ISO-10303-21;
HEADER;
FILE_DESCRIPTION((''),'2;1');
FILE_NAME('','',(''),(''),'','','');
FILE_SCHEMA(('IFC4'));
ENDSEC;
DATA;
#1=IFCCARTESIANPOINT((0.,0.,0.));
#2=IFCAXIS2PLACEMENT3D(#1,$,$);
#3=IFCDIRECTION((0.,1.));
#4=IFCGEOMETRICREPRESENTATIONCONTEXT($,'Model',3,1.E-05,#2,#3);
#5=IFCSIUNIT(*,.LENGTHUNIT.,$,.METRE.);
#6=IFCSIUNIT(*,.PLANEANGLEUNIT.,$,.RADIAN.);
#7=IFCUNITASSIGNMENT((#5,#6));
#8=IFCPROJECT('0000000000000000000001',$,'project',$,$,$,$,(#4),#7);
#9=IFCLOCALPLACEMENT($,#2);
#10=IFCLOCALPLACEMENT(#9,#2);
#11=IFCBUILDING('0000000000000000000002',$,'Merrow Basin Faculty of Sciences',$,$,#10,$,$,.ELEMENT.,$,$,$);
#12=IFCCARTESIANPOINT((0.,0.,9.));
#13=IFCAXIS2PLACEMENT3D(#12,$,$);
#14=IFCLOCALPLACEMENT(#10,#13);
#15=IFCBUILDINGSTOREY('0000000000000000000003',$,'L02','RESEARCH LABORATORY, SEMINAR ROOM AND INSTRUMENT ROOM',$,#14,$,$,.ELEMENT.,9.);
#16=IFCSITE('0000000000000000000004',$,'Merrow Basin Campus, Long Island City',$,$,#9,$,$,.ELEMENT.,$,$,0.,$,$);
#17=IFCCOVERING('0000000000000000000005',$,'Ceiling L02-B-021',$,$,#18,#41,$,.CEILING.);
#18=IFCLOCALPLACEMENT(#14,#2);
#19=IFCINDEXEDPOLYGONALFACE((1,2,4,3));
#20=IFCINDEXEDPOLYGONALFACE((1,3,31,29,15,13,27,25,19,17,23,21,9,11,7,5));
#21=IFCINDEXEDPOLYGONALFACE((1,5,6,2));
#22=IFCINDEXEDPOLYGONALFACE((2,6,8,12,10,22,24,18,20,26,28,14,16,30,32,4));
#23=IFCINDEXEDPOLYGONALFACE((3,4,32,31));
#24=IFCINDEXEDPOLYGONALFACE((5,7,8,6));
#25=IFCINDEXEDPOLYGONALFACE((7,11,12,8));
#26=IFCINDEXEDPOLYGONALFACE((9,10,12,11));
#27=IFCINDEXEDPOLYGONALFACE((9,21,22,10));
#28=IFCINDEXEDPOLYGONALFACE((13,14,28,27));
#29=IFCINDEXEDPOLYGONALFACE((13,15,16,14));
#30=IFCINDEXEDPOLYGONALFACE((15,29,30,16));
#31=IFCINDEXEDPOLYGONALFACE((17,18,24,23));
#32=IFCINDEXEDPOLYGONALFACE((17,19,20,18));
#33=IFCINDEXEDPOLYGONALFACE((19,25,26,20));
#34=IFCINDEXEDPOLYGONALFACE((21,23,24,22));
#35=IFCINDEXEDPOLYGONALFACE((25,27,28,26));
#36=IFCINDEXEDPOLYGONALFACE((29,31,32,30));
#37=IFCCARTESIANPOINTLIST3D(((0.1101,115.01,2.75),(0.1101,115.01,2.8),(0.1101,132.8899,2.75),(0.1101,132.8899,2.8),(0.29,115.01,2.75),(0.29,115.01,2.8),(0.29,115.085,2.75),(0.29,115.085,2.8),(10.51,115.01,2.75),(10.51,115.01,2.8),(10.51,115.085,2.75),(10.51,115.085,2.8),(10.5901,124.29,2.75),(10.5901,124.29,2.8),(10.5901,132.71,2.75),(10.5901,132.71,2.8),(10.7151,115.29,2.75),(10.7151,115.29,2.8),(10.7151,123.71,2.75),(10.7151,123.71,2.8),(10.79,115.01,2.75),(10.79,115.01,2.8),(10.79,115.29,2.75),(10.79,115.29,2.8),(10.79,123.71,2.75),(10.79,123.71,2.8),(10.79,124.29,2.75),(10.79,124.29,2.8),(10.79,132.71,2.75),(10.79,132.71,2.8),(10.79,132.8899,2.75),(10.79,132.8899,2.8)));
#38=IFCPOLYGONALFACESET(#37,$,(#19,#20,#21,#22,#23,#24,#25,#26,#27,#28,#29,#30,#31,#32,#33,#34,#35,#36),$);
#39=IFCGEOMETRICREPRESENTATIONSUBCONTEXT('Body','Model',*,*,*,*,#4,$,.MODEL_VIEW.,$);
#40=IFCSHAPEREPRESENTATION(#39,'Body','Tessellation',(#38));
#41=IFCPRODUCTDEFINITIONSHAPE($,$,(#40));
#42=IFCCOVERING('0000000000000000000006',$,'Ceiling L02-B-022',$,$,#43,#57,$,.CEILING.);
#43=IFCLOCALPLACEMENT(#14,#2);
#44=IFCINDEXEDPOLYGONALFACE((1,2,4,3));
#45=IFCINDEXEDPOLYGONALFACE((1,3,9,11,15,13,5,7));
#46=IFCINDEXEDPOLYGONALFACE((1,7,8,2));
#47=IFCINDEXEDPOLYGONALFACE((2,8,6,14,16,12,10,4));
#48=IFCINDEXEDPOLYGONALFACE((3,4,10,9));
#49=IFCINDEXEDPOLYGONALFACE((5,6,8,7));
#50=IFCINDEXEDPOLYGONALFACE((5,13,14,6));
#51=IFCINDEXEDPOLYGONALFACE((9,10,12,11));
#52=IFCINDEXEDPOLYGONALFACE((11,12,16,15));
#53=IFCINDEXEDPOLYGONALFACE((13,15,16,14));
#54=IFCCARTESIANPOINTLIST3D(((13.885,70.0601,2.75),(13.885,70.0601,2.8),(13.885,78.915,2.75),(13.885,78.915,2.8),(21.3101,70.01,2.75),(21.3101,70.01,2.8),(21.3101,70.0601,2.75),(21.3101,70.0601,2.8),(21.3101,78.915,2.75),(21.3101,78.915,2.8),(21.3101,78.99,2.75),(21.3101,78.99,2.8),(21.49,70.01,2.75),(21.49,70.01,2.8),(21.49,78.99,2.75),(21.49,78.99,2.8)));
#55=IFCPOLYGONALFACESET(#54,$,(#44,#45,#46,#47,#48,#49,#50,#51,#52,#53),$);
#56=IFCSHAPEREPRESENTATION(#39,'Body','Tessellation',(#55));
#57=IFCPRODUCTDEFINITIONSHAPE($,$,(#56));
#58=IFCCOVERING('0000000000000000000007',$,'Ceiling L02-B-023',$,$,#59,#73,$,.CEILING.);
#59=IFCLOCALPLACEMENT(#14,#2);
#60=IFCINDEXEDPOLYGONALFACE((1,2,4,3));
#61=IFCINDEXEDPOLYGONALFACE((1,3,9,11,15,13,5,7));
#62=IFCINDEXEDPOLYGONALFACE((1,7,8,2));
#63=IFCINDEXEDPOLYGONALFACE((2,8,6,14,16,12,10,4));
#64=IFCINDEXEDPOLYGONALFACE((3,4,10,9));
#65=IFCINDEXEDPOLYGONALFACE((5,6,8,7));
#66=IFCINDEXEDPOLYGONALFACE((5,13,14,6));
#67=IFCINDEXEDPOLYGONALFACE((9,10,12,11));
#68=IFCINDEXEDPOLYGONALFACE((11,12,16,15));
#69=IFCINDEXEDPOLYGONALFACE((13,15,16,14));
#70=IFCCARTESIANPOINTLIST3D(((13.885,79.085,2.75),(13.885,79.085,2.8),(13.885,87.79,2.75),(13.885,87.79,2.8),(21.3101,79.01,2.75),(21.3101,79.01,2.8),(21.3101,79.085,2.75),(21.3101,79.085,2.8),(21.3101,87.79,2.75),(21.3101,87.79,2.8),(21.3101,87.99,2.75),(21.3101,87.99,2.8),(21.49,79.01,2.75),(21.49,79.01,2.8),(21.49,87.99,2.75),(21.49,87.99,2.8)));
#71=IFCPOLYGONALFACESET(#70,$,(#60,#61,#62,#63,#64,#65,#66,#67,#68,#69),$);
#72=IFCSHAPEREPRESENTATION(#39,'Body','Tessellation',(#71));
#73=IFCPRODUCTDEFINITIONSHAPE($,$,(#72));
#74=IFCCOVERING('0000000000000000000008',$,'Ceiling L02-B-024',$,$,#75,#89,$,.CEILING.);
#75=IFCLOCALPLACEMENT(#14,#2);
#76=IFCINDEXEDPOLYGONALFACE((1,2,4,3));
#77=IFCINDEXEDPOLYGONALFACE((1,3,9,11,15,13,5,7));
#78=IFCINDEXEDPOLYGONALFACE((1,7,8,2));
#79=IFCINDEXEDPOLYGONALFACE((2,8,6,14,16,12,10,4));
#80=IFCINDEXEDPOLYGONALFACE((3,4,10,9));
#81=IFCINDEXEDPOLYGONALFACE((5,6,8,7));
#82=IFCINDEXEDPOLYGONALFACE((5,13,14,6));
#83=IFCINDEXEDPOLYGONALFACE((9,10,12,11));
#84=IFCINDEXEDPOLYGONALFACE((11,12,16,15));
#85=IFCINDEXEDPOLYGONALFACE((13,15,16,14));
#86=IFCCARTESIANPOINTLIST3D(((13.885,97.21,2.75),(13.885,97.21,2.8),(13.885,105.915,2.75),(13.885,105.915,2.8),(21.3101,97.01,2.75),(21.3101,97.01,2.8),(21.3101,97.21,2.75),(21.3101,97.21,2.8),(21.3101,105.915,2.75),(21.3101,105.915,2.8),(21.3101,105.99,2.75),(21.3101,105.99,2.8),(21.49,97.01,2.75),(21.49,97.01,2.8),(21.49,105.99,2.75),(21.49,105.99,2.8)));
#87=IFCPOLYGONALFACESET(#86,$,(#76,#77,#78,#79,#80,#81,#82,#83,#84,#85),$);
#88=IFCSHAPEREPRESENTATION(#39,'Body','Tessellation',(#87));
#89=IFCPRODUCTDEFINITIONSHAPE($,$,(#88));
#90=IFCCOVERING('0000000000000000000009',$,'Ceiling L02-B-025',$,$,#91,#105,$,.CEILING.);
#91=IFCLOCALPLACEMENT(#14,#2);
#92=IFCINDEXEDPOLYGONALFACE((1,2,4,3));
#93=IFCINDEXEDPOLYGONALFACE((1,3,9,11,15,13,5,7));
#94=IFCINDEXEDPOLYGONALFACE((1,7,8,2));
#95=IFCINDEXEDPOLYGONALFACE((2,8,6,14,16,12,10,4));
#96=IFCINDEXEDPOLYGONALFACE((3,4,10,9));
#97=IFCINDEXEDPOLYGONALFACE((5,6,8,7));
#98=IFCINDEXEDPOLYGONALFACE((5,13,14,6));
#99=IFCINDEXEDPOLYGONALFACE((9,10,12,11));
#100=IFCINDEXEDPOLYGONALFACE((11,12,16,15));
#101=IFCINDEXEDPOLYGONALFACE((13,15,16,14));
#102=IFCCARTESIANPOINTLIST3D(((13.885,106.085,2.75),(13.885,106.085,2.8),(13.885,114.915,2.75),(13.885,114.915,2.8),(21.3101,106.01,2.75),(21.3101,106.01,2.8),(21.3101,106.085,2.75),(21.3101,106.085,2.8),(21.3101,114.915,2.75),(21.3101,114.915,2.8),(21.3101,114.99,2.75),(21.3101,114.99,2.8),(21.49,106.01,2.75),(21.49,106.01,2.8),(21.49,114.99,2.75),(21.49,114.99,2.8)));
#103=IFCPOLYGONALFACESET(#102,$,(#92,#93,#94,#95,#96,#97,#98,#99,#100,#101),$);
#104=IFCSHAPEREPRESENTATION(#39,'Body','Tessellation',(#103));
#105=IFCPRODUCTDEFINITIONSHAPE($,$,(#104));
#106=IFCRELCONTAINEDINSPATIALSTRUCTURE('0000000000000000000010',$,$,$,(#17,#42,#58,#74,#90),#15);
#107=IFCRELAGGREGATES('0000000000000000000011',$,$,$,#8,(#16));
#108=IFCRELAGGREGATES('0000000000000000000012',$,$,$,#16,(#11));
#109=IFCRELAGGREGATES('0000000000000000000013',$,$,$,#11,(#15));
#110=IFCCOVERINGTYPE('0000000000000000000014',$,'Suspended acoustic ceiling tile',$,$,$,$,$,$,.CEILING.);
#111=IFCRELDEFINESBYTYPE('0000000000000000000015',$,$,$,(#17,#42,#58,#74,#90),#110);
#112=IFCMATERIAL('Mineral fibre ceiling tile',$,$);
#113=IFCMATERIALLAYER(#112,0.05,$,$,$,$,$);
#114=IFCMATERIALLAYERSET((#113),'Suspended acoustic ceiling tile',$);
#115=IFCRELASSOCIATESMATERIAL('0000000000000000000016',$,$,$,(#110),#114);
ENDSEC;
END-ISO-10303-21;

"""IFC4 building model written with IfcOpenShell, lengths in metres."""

from ifc_helpers import new_model, si_unit, direction, frame, origin, place, context, subcontext, project, spatial, polyline, outline, extrude, material, layer, layer_set, type_object, element, save


model = new_model("IFC4")

# Units and contexts
model_context = context("Model", 3, precision=1e-05, world=origin(), true_north=direction((0.0, 1.0)))
body_context = subcontext(model_context, "Body", "Model", "MODEL_VIEW")
ifc_project = project(units=[si_unit("LENGTHUNIT", "METRE"), si_unit("PLANEANGLEUNIT", "RADIAN")], contexts=[model_context])

# Site, building, storey
site_placement = place(None, origin())
site = spatial("IfcSite", under=ifc_project, at=site_placement, Name="Merrow Basin Campus, Long Island City", CompositionType="ELEMENT", RefElevation=0.0)
building_placement = place(site_placement, origin())
building = spatial("IfcBuilding", under=site, at=building_placement, Name="Merrow Basin Faculty of Sciences", CompositionType="ELEMENT")
storey_placement = place(building_placement, frame((0.0, 0.0, 9.0)))
storey = spatial("IfcBuildingStorey", under=building, at=storey_placement, Name="L02", Description="RESEARCH LABORATORY, SEMINAR ROOM AND INSTRUMENT ROOM", CompositionType="ELEMENT", Elevation=9.0)

# Coverings
ifc_material_1 = material(Name="Mineral fibre ceiling tile")
ifc_layer_1 = layer(ifc_material_1, 0.05)
ifc_layer_set_1 = layer_set([ifc_layer_1], Name="Suspended acoustic ceiling tile")
covering_type = type_object("IfcCoveringType", Name="Suspended acoustic ceiling tile", PredefinedType="CEILING", material=ifc_layer_set_1)
covering_1_placement = place(storey_placement, frame((0.0, 0.0, 2.75)))
element("IfcCovering", 1, at=covering_1_placement, inside=storey, type_object=covering_type, Name="Ceiling L02-B-021", PredefinedType="CEILING", context=body_context, shape_type="SweptSolid", body=[
    extrude(outline(polyline([(10.51, 115.01), (10.51, 115.085), (0.29, 115.085), (0.29, 115.01), (0.1101, 115.01), (0.1101, 132.8899), (10.79, 132.8899), (10.79, 132.71), (10.5901, 132.71), (10.5901, 124.29), (10.79, 124.29), (10.79, 123.71), (10.7151, 123.71), (10.7151, 115.29), (10.79, 115.29), (10.79, 115.01), (10.51, 115.01)])), origin(), (0.0, 0.0, 1.0), 0.05),
])
covering_2_placement = place(storey_placement, frame((0.0, 0.0, 2.75)))
element("IfcCovering", 2, at=covering_2_placement, inside=storey, type_object=covering_type, Name="Ceiling L02-B-022", PredefinedType="CEILING", context=body_context, shape_type="SweptSolid", body=[
    extrude(outline(polyline([(21.49, 78.99), (21.49, 70.01), (21.3101, 70.01), (21.3101, 70.0601), (13.885, 70.0601), (13.885, 78.915), (21.3101, 78.915), (21.3101, 78.99), (21.49, 78.99)])), origin(), (0.0, 0.0, 1.0), 0.05),
])
covering_3_placement = place(storey_placement, frame((0.0, 0.0, 2.75)))
element("IfcCovering", 3, at=covering_3_placement, inside=storey, type_object=covering_type, Name="Ceiling L02-B-023", PredefinedType="CEILING", context=body_context, shape_type="SweptSolid", body=[
    extrude(outline(polyline([(21.49, 87.99), (21.49, 79.01), (21.3101, 79.01), (21.3101, 79.085), (13.885, 79.085), (13.885, 87.79), (21.3101, 87.79), (21.3101, 87.99), (21.49, 87.99)])), origin(), (0.0, 0.0, 1.0), 0.05),
])
covering_4_placement = place(storey_placement, frame((0.0, 0.0, 2.75)))
element("IfcCovering", 4, at=covering_4_placement, inside=storey, type_object=covering_type, Name="Ceiling L02-B-024", PredefinedType="CEILING", context=body_context, shape_type="SweptSolid", body=[
    extrude(outline(polyline([(21.49, 105.99), (21.49, 97.01), (21.3101, 97.01), (21.3101, 97.21), (13.885, 97.21), (13.885, 105.915), (21.3101, 105.915), (21.3101, 105.99), (21.49, 105.99)])), origin(), (0.0, 0.0, 1.0), 0.05),
])
covering_5_placement = place(storey_placement, frame((0.0, 0.0, 2.75)))
element("IfcCovering", 5, at=covering_5_placement, inside=storey, type_object=covering_type, Name="Ceiling L02-B-025", PredefinedType="CEILING", context=body_context, shape_type="SweptSolid", body=[
    extrude(outline(polyline([(21.49, 114.99), (21.49, 106.01), (21.3101, 106.01), (21.3101, 106.085), (13.885, 106.085), (13.885, 114.915), (21.3101, 114.915), (21.3101, 114.99), (21.49, 114.99)])), origin(), (0.0, 0.0, 1.0), 0.05),
])

save(model, "model.ifc")
